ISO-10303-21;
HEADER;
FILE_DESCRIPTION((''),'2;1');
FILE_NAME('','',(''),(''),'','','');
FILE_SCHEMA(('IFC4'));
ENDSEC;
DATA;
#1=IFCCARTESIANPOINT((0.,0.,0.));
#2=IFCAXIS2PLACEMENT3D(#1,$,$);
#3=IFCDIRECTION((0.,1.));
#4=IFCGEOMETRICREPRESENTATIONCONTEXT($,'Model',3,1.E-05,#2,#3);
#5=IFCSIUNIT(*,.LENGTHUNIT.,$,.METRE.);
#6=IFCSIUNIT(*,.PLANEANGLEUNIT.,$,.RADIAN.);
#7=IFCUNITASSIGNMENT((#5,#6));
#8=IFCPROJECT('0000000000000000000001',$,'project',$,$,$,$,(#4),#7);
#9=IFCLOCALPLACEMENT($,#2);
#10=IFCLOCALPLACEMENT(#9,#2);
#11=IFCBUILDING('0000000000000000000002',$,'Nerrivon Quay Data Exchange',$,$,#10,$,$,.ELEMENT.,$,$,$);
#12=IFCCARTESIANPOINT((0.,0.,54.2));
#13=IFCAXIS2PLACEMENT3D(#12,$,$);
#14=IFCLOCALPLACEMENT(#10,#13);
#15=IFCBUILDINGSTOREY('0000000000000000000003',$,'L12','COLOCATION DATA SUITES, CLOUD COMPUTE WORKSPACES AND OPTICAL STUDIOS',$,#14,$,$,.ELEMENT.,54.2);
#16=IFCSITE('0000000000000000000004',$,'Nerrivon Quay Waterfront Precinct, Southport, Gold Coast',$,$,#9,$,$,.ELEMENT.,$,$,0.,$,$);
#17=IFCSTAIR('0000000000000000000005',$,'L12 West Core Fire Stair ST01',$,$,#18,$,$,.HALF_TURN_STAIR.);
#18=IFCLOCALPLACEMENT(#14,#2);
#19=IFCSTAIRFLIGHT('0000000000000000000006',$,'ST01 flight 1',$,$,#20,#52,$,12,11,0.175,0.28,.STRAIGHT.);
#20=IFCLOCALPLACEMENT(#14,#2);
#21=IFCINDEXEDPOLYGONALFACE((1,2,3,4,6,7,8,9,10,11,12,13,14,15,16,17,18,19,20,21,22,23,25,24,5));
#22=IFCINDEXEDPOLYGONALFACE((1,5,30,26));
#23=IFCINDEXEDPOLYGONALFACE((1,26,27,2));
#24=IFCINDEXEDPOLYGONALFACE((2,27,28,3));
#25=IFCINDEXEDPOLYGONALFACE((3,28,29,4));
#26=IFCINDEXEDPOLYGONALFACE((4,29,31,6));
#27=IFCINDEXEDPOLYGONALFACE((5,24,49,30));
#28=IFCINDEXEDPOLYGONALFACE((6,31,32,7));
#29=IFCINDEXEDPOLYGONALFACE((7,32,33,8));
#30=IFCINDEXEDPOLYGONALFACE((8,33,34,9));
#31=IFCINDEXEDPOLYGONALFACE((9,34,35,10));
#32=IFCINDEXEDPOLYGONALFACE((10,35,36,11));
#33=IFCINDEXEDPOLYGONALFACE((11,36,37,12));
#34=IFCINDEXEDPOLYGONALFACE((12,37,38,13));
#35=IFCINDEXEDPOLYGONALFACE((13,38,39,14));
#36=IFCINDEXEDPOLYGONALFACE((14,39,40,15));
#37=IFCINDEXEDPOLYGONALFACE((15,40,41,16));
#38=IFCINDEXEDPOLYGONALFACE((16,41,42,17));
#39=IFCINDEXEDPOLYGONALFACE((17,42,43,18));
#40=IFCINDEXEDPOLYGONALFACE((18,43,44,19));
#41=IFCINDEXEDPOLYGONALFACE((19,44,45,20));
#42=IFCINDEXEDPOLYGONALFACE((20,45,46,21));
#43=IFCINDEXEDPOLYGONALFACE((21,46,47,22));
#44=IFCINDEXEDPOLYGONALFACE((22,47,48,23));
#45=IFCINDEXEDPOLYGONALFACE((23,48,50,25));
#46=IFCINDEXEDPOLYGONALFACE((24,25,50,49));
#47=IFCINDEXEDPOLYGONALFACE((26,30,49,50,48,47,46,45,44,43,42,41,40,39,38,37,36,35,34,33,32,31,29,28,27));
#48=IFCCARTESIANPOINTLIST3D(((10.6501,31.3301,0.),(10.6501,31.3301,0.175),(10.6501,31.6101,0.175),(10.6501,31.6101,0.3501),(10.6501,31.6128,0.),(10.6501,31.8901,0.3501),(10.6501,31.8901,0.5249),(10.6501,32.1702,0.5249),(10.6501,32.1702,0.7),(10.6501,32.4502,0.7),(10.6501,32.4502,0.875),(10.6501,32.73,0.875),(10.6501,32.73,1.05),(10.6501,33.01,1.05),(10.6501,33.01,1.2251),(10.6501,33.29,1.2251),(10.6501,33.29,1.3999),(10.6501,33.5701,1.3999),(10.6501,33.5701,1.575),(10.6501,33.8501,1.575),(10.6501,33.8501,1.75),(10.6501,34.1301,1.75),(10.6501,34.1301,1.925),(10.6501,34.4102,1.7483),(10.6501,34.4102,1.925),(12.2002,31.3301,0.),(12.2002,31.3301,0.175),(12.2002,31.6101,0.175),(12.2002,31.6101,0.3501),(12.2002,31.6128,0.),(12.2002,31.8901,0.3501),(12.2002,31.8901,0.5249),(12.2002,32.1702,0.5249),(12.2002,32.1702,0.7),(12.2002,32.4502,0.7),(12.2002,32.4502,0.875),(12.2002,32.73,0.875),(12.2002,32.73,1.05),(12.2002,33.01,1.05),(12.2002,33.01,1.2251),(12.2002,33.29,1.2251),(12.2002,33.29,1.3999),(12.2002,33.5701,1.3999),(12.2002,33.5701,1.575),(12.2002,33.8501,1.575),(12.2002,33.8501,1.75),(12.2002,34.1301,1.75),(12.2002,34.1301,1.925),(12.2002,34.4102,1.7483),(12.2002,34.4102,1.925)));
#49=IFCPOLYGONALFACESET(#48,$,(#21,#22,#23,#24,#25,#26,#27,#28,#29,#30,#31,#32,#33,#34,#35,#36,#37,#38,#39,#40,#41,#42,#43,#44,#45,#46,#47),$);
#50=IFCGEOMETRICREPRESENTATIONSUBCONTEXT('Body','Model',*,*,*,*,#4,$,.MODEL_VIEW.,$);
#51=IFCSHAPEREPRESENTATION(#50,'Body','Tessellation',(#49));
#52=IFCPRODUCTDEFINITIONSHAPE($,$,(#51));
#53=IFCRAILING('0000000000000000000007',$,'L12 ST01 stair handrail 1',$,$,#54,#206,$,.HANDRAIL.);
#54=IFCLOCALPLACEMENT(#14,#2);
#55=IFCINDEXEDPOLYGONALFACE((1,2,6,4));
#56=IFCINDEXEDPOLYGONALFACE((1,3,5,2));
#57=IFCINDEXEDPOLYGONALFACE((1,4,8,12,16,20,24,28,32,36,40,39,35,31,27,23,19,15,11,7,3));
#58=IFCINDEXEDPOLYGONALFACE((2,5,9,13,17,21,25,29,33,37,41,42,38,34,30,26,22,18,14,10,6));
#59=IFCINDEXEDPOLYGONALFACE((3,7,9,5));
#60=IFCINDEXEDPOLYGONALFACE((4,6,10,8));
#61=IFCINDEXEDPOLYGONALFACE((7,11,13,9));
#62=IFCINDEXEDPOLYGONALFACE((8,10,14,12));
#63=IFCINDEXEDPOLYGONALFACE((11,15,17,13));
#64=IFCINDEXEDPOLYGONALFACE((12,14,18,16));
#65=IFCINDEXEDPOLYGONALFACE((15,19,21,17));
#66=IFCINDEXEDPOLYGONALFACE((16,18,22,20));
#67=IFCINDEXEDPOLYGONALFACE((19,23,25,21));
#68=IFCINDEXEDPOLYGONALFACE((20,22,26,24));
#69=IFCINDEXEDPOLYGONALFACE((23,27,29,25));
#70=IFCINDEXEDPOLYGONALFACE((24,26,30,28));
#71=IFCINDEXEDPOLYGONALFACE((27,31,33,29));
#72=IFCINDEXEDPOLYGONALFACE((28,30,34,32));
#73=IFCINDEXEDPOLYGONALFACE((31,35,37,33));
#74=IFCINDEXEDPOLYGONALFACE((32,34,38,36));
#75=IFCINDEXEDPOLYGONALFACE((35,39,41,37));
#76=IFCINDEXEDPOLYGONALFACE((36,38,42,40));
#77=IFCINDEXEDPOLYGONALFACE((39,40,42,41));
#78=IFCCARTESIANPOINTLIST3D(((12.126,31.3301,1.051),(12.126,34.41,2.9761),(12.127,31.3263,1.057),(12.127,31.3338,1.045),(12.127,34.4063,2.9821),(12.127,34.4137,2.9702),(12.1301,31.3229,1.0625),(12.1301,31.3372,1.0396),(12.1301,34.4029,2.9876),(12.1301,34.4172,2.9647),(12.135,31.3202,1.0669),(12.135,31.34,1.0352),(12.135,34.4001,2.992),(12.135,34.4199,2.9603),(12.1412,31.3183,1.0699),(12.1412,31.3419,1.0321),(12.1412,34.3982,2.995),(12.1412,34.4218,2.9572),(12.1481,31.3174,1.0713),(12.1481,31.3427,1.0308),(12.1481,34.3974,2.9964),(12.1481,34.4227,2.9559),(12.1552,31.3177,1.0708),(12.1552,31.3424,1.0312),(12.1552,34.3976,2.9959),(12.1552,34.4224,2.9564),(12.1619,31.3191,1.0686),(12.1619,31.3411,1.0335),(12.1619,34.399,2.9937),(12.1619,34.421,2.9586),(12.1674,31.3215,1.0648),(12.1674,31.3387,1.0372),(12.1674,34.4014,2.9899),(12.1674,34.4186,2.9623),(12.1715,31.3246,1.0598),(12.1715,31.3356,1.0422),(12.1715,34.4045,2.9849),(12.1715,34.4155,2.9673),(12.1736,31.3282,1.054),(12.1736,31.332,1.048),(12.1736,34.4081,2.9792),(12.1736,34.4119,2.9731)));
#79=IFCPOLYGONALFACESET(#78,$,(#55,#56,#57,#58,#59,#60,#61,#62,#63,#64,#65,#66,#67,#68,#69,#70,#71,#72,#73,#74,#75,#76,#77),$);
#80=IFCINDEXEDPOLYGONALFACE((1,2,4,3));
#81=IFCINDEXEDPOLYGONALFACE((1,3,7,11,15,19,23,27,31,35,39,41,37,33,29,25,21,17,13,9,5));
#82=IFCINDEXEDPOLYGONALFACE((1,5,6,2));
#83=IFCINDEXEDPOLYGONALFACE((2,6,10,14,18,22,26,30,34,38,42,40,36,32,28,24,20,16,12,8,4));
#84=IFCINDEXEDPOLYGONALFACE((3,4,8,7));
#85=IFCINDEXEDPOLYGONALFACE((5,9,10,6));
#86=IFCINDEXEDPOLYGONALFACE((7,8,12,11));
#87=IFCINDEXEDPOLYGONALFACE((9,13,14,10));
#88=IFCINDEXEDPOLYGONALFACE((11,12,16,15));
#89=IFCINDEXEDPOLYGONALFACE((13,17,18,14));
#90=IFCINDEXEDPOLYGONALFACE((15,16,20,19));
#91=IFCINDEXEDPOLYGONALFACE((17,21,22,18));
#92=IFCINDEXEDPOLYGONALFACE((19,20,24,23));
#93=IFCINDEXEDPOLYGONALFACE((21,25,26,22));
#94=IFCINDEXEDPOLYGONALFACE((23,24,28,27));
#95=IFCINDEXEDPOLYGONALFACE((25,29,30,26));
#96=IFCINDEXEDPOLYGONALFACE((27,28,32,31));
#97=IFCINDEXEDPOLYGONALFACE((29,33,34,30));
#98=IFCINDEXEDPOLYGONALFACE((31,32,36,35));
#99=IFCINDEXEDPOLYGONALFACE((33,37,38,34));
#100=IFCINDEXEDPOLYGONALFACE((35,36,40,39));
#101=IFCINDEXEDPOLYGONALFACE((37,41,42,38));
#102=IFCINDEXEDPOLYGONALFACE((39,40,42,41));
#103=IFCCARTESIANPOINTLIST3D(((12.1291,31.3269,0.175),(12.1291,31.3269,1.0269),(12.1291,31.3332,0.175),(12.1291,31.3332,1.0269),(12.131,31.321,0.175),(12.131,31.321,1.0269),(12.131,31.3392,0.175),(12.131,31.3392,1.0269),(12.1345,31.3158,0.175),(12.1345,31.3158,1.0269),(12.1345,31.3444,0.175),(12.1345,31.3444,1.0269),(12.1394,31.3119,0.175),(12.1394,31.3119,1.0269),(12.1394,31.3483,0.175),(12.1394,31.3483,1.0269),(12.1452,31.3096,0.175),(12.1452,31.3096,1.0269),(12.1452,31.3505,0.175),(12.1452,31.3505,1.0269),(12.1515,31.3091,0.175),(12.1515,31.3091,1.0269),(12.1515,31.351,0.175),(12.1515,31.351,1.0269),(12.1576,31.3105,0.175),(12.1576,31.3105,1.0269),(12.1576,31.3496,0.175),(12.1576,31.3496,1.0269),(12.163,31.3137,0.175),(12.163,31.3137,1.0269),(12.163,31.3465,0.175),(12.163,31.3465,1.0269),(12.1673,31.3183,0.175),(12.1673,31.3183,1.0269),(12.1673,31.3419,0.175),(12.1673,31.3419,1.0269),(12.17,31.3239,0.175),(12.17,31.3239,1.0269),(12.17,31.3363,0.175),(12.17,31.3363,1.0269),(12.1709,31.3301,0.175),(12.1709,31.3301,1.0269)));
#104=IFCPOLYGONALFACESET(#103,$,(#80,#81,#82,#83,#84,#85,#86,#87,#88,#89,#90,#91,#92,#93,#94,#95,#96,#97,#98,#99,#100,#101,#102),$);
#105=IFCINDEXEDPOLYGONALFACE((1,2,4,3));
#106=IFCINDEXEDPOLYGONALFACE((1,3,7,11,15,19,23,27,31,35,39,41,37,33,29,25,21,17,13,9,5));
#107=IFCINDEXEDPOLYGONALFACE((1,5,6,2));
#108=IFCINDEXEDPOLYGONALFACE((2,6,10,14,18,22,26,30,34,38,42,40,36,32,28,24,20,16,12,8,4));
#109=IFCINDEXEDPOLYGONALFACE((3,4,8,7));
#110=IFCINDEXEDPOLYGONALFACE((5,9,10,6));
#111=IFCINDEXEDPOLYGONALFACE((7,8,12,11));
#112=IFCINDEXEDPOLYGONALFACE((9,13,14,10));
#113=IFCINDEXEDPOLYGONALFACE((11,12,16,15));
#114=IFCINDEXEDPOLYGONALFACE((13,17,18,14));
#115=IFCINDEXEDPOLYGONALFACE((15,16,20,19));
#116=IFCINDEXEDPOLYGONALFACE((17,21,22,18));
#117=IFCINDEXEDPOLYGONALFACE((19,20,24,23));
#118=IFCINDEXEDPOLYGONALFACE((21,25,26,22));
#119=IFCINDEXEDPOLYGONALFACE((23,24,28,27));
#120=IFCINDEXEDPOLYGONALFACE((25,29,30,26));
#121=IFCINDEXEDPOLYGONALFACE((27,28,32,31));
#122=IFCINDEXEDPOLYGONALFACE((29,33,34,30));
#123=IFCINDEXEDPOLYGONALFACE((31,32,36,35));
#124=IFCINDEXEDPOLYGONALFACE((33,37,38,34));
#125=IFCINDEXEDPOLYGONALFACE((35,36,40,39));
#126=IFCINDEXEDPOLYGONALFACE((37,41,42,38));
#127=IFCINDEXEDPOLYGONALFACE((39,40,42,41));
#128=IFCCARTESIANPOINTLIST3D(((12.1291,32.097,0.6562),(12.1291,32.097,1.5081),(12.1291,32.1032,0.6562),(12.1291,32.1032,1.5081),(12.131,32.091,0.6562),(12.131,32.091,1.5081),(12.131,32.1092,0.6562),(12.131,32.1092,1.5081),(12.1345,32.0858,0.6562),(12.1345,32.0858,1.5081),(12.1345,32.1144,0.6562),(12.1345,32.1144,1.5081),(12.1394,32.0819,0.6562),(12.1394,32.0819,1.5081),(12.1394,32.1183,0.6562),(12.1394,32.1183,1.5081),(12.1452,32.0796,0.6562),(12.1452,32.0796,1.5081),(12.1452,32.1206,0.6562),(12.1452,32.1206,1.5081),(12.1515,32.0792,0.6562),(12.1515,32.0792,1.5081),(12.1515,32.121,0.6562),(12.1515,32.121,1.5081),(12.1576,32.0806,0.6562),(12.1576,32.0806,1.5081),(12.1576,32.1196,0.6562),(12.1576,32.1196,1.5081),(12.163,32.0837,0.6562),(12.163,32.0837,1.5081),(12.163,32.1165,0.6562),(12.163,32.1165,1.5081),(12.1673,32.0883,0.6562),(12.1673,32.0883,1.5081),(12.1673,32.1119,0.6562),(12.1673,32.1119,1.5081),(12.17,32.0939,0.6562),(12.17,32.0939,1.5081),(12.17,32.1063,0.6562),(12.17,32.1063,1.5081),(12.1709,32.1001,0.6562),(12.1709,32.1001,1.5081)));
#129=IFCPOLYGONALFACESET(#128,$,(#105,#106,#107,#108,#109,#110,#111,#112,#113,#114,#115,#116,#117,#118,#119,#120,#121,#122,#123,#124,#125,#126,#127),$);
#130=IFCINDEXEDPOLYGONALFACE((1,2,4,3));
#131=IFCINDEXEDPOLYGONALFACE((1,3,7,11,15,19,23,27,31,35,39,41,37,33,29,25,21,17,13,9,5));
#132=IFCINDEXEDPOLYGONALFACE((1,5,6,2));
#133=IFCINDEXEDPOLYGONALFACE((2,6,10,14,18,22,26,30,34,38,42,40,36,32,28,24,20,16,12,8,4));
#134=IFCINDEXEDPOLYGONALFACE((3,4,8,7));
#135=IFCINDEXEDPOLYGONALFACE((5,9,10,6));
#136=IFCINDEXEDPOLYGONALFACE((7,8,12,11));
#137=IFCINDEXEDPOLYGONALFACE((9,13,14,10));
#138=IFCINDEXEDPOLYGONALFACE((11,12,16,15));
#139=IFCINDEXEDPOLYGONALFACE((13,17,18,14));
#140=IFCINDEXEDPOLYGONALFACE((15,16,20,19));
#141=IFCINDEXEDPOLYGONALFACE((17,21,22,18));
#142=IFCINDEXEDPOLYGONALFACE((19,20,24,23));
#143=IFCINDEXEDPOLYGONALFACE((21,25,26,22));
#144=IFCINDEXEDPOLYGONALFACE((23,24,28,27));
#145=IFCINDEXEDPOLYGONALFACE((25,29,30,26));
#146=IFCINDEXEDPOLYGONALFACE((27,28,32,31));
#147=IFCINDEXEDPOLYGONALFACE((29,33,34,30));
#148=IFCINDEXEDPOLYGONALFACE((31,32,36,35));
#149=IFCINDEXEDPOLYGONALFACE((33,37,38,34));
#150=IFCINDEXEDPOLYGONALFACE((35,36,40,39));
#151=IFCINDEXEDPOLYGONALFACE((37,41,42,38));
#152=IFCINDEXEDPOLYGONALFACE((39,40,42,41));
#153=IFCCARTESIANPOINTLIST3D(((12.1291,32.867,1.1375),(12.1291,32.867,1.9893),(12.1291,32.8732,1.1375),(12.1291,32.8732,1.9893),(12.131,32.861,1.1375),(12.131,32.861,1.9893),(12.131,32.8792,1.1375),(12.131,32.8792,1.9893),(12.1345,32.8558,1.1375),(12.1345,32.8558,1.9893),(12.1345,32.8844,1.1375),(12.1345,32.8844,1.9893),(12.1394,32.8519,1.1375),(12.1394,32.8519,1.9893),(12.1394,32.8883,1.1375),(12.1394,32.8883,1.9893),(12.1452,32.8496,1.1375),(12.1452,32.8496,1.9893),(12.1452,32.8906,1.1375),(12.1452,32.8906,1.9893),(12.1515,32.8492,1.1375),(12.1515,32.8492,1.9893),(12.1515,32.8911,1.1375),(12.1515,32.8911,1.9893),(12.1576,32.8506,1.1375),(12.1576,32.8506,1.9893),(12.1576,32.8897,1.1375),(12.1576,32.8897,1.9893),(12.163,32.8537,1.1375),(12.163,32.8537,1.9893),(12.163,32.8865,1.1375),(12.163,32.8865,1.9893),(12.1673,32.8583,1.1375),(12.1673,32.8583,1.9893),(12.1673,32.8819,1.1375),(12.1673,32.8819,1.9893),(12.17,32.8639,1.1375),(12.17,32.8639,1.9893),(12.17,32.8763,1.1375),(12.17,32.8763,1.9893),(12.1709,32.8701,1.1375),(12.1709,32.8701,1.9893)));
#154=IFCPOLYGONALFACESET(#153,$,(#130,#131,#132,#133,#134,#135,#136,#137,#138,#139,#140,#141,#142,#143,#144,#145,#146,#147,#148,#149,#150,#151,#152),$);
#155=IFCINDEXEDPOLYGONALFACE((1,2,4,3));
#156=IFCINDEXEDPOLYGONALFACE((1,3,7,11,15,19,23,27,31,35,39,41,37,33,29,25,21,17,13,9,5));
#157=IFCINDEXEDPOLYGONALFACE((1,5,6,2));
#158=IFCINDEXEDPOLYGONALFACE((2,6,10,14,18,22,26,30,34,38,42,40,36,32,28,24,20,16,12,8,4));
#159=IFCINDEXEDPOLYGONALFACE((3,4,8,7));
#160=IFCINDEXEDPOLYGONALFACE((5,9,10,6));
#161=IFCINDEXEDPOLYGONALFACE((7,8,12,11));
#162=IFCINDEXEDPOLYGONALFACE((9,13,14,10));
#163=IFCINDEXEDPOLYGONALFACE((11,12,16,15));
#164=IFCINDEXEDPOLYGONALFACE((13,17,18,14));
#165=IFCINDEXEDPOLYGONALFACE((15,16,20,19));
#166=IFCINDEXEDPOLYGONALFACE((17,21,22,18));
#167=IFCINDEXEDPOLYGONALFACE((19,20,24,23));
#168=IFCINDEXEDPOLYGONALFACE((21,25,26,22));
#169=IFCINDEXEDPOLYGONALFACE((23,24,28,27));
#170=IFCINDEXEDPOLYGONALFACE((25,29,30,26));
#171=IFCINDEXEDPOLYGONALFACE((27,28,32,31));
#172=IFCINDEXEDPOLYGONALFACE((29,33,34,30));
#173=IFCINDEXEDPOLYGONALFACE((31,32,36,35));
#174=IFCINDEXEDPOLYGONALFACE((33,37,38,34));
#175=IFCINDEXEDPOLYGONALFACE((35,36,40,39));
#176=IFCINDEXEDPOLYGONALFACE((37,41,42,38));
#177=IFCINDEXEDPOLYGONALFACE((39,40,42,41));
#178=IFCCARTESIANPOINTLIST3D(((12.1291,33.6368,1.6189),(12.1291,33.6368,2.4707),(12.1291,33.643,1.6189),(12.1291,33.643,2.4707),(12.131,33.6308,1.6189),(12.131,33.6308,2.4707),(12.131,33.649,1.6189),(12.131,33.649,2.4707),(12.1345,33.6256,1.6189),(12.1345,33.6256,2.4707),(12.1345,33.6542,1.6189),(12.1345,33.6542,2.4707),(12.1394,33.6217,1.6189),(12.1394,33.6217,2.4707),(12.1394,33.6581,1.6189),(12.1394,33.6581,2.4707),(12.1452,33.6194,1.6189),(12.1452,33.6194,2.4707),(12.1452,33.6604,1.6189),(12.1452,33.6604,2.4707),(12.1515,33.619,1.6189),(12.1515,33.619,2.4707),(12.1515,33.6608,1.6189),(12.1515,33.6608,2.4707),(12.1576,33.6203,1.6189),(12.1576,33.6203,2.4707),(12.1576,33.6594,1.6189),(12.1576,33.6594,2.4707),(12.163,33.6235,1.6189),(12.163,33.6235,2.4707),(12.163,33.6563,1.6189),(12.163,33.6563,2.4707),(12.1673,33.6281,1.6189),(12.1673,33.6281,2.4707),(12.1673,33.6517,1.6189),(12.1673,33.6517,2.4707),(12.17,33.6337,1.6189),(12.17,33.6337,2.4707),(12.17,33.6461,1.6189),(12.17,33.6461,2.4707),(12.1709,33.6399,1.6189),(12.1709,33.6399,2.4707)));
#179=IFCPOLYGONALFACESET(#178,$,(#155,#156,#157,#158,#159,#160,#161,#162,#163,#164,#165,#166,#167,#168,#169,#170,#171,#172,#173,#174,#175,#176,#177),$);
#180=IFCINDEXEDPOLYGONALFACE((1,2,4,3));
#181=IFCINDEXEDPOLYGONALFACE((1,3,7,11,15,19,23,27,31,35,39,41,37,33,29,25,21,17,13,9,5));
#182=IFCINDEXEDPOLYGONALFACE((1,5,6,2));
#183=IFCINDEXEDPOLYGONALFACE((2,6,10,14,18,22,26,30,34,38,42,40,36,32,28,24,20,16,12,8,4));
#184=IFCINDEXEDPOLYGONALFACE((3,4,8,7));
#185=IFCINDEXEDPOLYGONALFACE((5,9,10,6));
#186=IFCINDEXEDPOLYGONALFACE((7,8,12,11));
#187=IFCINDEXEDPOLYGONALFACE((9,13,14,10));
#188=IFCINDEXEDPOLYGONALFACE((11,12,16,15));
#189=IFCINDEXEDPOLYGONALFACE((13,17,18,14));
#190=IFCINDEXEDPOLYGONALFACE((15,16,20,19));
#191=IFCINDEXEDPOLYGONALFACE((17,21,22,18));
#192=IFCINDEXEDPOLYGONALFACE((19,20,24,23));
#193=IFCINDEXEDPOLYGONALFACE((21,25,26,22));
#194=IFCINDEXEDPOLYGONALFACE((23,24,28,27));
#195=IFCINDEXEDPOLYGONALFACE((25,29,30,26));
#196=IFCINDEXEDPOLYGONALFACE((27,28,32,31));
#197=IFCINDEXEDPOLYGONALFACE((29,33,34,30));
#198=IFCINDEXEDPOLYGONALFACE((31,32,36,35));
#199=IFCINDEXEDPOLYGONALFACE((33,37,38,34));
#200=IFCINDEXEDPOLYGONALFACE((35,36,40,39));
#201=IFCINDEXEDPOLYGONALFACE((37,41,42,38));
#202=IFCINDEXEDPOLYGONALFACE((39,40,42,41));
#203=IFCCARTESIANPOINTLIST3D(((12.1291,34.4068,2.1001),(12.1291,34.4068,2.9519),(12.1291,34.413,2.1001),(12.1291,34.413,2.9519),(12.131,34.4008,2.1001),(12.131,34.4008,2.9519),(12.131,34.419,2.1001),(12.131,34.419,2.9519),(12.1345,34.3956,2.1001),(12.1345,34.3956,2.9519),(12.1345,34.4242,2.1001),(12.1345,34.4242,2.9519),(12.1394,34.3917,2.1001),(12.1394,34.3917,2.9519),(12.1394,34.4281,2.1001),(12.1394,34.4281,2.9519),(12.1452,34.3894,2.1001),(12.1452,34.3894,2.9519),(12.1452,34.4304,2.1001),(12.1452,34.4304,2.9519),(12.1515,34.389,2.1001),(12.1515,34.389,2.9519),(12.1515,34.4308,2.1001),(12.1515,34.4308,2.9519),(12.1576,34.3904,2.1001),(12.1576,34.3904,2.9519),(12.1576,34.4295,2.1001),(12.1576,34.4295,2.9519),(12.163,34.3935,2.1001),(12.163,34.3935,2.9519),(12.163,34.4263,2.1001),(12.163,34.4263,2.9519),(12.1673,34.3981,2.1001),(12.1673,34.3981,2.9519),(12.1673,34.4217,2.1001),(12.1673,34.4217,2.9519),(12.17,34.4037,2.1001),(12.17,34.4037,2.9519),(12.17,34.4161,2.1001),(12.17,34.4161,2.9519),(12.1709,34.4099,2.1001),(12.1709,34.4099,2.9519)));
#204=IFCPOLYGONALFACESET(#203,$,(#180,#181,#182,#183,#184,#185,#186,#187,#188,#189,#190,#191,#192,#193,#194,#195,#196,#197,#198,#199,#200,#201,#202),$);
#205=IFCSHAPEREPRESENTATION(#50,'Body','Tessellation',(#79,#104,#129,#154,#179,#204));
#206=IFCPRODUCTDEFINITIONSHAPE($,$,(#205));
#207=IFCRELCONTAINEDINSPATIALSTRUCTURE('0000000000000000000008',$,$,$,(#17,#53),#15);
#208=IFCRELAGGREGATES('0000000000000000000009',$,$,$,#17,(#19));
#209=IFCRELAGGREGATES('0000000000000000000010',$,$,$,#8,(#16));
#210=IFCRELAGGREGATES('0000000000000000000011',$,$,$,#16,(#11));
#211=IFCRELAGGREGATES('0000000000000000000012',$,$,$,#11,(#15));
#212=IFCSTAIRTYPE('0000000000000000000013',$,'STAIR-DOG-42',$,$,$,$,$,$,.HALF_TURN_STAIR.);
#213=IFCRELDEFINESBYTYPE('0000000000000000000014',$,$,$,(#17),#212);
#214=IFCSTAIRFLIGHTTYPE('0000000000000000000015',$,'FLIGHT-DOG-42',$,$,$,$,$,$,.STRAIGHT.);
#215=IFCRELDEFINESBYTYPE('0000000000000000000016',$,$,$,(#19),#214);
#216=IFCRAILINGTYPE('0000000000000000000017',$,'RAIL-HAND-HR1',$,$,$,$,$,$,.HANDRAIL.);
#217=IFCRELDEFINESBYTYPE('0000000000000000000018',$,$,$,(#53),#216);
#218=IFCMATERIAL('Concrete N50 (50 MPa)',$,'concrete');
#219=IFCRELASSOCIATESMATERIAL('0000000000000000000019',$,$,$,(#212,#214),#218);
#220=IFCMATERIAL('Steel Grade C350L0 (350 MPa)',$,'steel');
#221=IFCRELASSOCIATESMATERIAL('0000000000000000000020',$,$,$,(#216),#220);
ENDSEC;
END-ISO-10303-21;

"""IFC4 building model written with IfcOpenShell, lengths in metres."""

from ifc_helpers import new_model, si_unit, direction, frame, origin, origin_2d, place, context, subcontext, project, spatial, polyline, circle, outline, extrude, material, type_object, element, aggregate, save


model = new_model("IFC4")

# Units and contexts
model_context = context("Model", 3, precision=1e-05, world=origin(), true_north=direction((0.0, 1.0)))
body_context = subcontext(model_context, "Body", "Model", "MODEL_VIEW")
ifc_project = project(units=[si_unit("LENGTHUNIT", "METRE"), si_unit("PLANEANGLEUNIT", "RADIAN")], contexts=[model_context])

# Site, building, storey
site_placement = place(None, origin())
site = spatial("IfcSite", under=ifc_project, at=site_placement, Name="Nerrivon Quay Waterfront Precinct, Southport, Gold Coast", CompositionType="ELEMENT", RefElevation=0.0)
building_placement = place(site_placement, origin())
building = spatial("IfcBuilding", under=site, at=building_placement, Name="Nerrivon Quay Data Exchange", CompositionType="ELEMENT")
storey_placement = place(building_placement, frame((0.0, 0.0, 54.2)))
storey = spatial("IfcBuildingStorey", under=building, at=storey_placement, Name="L12", Description="COLOCATION DATA SUITES, CLOUD COMPUTE WORKSPACES AND OPTICAL STUDIOS", CompositionType="ELEMENT", Elevation=54.2)

# Shared definitions
ifc_material_1 = material(Name="Concrete N50 (50 MPa)", Category="concrete")

# Stair, stair flight
stair_type = type_object("IfcStairType", Name="STAIR-DOG-42", PredefinedType="HALF_TURN_STAIR", material=ifc_material_1)
stair_placement = place(storey_placement, origin())
stair = element("IfcStair", 1, at=stair_placement, inside=storey, type_object=stair_type, Name="L12 West Core Fire Stair ST01", PredefinedType="HALF_TURN_STAIR")
stair_flight_type = type_object("IfcStairFlightType", Name="FLIGHT-DOG-42", PredefinedType="STRAIGHT", material=ifc_material_1)
stair_flight_placement = place(storey_placement, frame((11.425, 31.3301, 0.0), z_axis=(0.0, 0.0, 1.0), x_axis=(0.0, 1.0, 0.0)))
stair_flight = element("IfcStairFlight", 2, at=stair_flight_placement, type_object=stair_flight_type, Name="ST01 flight 1", NumberOfRisers=12, NumberOfTreads=11, PredefinedType="STRAIGHT", RiserHeight=0.175, TreadLength=0.28, context=body_context, shape_type="SweptSolid", body=[
    extrude(outline(polyline([(0.0, 0.0), (0.0, 0.175), (0.28, 0.175), (0.28, 0.3501), (0.5601, 0.3501), (0.5601, 0.5249), (0.8401, 0.5249), (0.8401, 0.7), (1.1201, 0.7), (1.1201, 0.875), (1.3999, 0.875), (1.3999, 1.05), (1.6799, 1.05), (1.6799, 1.2251), (1.96, 1.2251), (1.96, 1.3999), (2.24, 1.3999), (2.24, 1.575), (2.52, 1.575), (2.52, 1.75), (2.8, 1.75), (2.8, 1.925), (3.0801, 1.925), (3.0801, 2.1001), (3.0801, 1.7483), (0.2827, 0.0), (0.0, 0.0)])), frame((0.0, 0.7749, 0.0), z_axis=(0.0, -1.0, 0.0), x_axis=(1.0, 0.0, 0.0)), (0.0, 0.0, 1.0), 1.55),
])
aggregate(stair, [stair_flight])

# Railing
ifc_material_2 = material(Name="Steel Grade C350L0 (350 MPa)", Category="steel")
railing_type_1 = type_object("IfcRailingType", Name="RAIL-HAND-HR1", PredefinedType="HANDRAIL", material=ifc_material_2)
railing_1_placement = place(storey_placement, frame((12.1499, 31.3301, 0.175)))
element("IfcRailing", 3, at=railing_1_placement, inside=storey, type_object=railing_type_1, Name="L12 ST01 stair handrail 1", PredefinedType="HANDRAIL", context=body_context, shape_type="SweptSolid", body=[
    extrude(circle(Radius=0.0239, at=origin_2d()), frame((0.0, 0.0, 0.876), z_axis=(0.0, 0.847979, 0.530029), x_axis=(-1.0, 0.0, 0.0)), (0.0, 0.0, 1.0), 3.6321),
    extrude(circle(Radius=0.021, at=origin_2d()), origin(), (0.0, 0.0, 1.0), 0.8518),
    extrude(circle(Radius=0.021, at=origin_2d()), frame((0.0, 0.77, 0.4812)), (0.0, 0.0, 1.0), 0.8518),
    extrude(circle(Radius=0.021, at=origin_2d()), frame((0.0, 1.54, 0.9624)), (0.0, 0.0, 1.0), 0.8518),
    extrude(circle(Radius=0.021, at=origin_2d()), frame((0.0, 2.3098, 1.4438)), (0.0, 0.0, 1.0), 0.8518),
    extrude(circle(Radius=0.021, at=origin_2d()), frame((0.0, 3.0798, 1.925)), (0.0, 0.0, 1.0), 0.8518),
])

save(model, "model.ifc")
